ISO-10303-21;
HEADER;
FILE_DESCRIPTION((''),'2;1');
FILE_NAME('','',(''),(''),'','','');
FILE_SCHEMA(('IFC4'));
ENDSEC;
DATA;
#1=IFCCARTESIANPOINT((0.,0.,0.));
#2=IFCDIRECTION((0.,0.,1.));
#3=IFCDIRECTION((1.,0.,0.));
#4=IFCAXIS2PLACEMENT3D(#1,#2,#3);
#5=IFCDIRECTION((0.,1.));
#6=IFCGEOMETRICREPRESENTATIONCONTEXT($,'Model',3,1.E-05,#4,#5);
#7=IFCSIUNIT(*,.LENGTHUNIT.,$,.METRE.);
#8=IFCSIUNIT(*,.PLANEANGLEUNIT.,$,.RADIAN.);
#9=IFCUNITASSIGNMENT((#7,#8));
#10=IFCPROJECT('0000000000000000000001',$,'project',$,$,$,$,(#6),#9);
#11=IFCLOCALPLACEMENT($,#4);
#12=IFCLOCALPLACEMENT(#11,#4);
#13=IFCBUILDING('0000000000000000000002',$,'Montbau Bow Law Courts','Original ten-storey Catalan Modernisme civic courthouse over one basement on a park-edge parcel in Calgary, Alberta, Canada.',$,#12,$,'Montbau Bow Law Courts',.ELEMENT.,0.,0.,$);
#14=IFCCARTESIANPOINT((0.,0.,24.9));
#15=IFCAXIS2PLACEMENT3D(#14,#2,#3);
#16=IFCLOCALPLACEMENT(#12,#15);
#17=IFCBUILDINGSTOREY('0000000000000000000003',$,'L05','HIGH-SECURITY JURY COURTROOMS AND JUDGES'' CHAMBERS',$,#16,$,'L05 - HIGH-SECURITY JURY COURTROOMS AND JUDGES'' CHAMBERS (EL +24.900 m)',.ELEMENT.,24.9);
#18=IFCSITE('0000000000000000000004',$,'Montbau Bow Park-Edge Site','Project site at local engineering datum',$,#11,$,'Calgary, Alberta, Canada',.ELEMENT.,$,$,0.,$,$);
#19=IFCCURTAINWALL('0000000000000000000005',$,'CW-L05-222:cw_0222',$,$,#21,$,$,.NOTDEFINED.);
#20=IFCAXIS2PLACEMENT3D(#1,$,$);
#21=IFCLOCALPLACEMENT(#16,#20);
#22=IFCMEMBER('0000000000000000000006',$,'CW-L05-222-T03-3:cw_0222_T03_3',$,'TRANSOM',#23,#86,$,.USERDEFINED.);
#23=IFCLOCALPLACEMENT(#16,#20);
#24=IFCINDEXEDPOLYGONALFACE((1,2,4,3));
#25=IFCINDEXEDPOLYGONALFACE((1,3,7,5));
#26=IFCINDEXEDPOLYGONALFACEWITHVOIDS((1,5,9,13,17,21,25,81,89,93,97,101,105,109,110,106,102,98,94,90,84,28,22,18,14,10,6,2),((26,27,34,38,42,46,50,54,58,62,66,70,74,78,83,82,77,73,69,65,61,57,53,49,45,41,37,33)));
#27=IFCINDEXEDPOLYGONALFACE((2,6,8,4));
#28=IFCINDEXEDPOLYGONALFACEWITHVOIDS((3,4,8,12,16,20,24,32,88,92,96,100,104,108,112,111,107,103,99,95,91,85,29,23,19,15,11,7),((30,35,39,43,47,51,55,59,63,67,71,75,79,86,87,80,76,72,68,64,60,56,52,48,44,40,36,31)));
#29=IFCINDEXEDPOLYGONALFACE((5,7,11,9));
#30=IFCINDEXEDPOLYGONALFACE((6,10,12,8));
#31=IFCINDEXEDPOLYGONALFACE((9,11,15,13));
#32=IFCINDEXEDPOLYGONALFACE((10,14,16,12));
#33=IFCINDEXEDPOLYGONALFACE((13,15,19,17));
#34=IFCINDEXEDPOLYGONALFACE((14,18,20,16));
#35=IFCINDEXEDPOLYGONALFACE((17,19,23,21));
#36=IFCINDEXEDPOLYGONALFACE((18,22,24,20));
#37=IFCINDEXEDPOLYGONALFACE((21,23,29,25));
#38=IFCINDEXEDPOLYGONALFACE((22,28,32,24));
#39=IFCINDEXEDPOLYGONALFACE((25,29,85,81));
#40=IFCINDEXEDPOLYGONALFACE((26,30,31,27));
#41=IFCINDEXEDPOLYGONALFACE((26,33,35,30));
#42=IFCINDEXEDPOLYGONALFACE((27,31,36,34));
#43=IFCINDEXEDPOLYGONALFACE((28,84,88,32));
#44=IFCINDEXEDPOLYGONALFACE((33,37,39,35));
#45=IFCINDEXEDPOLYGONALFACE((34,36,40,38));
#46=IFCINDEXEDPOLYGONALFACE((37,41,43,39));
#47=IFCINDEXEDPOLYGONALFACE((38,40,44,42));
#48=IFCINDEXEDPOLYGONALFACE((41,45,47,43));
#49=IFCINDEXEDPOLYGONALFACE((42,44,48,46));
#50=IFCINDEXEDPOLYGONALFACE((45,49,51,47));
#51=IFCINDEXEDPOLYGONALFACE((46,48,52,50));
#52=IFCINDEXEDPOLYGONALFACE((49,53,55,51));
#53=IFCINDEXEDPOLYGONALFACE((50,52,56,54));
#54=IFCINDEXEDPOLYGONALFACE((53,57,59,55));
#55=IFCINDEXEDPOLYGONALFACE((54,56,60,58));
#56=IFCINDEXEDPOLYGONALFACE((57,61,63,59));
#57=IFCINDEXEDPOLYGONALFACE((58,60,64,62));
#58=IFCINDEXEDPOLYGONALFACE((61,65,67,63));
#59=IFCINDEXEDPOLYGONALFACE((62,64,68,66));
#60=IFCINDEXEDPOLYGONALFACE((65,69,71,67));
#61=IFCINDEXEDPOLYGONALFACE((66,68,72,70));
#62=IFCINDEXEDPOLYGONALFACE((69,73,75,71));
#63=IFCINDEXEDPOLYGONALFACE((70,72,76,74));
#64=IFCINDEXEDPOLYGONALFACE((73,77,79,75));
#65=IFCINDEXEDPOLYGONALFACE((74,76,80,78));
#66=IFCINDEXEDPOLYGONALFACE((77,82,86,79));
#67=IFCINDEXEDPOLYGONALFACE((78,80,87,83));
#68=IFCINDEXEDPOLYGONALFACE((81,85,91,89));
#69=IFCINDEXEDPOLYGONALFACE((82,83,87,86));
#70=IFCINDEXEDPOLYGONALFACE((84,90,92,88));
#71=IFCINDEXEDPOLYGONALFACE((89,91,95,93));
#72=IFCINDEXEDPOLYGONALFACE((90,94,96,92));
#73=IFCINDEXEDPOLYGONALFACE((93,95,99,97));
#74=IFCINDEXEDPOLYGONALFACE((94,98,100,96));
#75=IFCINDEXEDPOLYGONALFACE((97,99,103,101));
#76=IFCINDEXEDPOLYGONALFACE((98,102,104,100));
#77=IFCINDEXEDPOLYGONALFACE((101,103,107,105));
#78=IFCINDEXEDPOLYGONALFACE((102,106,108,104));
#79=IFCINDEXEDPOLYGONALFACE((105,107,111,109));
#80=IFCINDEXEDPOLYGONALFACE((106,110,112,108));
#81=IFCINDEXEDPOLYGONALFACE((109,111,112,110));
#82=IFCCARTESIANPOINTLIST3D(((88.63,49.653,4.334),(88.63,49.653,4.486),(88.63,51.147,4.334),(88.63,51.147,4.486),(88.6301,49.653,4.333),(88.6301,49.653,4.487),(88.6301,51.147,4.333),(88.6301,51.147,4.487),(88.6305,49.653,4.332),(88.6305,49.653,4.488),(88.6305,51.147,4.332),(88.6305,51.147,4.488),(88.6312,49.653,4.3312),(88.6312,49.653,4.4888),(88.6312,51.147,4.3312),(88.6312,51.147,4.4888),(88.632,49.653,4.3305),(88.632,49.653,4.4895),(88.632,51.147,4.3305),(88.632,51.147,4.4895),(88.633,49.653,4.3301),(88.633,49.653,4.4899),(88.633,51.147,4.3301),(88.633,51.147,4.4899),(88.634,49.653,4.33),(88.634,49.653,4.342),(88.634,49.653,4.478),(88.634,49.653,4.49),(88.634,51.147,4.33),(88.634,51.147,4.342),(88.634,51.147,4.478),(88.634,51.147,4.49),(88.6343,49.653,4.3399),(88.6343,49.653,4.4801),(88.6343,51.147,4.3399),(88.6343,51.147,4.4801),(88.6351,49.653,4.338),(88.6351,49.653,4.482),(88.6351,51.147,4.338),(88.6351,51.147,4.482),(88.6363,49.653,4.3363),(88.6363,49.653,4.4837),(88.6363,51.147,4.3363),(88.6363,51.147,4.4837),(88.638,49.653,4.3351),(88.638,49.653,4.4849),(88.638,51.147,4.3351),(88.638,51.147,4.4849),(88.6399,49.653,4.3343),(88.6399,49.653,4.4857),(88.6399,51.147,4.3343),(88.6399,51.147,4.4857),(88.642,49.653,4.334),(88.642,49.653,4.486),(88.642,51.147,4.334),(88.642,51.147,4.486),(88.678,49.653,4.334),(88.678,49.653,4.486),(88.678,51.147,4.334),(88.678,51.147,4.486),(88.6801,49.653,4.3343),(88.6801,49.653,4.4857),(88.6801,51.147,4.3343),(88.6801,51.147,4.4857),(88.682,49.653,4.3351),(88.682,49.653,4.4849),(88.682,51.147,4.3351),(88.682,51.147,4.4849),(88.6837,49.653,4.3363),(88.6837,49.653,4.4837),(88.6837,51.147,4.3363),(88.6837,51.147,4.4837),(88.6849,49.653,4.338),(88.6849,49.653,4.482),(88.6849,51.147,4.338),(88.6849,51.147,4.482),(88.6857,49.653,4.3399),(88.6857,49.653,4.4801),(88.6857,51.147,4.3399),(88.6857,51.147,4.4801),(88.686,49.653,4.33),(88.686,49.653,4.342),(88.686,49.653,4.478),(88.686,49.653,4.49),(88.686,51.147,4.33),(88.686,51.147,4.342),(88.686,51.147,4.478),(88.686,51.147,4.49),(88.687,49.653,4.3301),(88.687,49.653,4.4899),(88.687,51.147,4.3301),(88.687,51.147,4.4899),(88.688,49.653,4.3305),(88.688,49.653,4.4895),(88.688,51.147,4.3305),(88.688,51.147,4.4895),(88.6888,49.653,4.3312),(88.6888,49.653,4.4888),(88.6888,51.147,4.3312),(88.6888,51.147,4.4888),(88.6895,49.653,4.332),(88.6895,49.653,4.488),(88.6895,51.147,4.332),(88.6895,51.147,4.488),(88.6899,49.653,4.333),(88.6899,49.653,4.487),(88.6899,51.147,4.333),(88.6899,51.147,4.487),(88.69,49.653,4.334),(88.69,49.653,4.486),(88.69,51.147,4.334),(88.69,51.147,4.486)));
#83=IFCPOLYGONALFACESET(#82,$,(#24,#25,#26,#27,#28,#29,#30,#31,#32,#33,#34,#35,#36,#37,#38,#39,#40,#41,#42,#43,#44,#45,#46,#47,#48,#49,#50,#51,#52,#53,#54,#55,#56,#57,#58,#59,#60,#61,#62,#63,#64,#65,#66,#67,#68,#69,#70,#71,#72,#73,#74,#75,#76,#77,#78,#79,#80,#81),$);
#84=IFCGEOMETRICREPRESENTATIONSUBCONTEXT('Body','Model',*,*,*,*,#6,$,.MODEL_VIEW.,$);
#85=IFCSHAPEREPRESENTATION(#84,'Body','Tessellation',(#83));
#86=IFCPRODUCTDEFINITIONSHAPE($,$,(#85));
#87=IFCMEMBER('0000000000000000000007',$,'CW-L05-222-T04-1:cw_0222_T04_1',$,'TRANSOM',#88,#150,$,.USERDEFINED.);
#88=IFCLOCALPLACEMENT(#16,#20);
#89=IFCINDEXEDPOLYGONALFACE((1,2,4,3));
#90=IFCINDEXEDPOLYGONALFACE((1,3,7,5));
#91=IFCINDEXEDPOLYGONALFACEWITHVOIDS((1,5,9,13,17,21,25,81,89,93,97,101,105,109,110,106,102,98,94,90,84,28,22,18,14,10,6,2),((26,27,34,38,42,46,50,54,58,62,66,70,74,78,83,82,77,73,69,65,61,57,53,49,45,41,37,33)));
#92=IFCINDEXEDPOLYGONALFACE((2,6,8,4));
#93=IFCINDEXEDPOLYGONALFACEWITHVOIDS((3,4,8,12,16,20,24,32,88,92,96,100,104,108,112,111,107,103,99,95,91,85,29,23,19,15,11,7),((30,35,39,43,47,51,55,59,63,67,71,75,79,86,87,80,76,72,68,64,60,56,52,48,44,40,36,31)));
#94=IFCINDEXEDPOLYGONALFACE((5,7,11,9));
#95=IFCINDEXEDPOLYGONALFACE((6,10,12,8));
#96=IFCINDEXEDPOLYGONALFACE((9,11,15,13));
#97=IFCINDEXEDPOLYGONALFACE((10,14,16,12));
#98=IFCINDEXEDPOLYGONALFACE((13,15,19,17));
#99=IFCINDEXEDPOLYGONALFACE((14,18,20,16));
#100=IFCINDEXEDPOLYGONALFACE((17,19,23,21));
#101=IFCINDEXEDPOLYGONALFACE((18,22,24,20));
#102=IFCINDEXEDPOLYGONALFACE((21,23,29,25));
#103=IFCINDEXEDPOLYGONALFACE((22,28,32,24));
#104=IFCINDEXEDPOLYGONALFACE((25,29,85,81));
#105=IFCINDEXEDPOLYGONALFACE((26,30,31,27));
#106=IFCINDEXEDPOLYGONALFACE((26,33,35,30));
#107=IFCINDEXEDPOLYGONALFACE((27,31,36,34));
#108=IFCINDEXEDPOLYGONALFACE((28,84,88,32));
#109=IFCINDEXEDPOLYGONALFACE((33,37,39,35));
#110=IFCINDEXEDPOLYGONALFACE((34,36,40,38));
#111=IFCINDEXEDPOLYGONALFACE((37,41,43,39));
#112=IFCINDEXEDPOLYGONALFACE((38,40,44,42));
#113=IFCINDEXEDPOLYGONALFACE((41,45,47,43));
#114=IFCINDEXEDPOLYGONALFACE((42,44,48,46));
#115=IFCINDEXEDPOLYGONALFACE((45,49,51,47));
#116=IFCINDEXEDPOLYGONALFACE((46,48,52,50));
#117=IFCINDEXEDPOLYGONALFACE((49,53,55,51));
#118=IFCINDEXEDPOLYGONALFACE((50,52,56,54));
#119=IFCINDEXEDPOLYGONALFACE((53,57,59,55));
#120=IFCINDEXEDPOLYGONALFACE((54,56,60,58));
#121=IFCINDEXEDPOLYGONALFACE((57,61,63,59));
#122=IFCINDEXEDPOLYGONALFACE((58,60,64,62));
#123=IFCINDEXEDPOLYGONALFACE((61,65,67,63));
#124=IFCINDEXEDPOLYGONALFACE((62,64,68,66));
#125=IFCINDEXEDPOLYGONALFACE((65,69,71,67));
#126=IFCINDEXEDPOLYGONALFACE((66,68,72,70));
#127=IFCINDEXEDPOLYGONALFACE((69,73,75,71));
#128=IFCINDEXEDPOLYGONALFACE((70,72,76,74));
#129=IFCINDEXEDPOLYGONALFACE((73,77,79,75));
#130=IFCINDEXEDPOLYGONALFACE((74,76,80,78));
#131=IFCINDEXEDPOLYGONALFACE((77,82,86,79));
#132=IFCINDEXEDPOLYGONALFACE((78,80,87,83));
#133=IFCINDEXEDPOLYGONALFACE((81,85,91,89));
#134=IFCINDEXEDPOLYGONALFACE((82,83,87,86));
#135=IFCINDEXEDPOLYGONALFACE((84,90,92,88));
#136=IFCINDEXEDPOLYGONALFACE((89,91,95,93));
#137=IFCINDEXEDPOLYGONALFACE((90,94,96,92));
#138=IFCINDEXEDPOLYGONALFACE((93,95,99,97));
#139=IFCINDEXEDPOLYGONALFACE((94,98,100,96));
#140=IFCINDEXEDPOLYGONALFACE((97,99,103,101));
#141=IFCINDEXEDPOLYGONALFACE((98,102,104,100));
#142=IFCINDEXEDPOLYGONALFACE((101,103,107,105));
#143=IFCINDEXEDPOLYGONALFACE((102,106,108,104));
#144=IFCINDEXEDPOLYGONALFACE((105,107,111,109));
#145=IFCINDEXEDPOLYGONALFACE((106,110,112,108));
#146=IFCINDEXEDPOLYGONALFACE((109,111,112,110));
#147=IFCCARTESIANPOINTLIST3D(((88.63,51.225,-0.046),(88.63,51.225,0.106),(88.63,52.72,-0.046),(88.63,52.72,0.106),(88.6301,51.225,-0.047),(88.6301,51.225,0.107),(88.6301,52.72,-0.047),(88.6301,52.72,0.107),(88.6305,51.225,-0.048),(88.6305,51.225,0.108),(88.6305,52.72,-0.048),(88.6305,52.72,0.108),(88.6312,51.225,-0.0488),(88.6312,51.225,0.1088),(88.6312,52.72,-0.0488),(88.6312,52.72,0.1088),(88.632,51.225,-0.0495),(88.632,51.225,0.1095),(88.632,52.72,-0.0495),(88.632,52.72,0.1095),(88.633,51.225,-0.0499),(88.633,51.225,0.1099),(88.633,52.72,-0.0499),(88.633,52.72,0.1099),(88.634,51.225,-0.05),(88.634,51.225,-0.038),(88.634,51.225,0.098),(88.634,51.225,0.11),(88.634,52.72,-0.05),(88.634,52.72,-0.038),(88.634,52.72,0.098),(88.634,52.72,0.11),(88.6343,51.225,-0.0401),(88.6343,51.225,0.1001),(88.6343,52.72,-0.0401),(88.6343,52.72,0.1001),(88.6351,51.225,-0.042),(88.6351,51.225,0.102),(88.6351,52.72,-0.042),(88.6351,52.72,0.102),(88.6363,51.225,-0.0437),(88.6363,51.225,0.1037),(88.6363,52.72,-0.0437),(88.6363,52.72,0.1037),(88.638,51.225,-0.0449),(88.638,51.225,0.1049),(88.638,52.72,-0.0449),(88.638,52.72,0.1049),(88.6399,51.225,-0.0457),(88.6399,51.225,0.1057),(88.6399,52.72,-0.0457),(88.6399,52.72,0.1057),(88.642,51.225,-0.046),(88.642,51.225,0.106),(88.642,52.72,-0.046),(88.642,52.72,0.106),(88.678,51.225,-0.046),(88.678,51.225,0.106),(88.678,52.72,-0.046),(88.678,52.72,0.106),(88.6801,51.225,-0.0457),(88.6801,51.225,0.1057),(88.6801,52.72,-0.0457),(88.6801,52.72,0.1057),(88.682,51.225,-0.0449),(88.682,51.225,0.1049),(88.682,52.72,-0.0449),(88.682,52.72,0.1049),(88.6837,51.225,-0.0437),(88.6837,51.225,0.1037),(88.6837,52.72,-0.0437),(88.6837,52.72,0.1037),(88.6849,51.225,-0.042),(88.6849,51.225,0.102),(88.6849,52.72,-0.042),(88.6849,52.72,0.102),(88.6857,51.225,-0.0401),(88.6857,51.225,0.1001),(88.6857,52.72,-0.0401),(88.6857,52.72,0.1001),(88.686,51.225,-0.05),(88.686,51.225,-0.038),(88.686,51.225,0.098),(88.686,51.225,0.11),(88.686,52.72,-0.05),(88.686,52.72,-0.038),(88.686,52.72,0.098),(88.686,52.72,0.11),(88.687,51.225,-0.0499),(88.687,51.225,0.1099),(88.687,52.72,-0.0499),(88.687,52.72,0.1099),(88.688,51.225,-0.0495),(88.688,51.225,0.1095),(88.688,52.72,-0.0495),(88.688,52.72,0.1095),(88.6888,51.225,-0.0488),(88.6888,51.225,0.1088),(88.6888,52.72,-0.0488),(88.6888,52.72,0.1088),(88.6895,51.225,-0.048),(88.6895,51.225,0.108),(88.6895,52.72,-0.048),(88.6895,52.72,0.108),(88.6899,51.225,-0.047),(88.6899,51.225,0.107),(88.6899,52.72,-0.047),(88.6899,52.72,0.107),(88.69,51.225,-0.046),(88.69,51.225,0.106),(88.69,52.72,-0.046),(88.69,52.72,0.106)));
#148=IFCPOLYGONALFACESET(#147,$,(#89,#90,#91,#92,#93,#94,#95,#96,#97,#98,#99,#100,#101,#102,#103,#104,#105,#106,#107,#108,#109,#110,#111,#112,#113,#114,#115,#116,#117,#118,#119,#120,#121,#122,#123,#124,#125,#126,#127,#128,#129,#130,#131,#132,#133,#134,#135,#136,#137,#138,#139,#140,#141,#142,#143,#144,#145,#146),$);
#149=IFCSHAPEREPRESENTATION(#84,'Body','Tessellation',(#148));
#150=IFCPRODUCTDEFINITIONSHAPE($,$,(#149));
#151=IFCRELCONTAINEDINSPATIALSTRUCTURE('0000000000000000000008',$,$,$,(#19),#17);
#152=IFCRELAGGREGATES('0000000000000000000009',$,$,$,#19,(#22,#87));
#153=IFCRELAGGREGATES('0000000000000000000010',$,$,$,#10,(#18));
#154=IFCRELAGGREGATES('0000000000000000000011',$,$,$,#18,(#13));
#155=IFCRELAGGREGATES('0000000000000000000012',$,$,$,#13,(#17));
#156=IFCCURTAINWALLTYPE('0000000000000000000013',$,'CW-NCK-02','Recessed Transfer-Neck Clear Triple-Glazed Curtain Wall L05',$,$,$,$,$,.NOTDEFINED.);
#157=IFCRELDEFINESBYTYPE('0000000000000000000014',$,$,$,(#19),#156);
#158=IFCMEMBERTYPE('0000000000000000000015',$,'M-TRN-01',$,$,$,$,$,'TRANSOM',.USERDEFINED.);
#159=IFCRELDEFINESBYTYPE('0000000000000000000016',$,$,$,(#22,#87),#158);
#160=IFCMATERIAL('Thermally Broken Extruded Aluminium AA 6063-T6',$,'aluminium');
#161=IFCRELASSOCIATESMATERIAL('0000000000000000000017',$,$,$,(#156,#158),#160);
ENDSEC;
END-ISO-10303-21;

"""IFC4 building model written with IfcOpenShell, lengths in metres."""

from ifc_helpers import new_model, si_unit, direction, frame, origin_with_axes, origin_2d_with_axis, place, context, subcontext, project, spatial, hollow_rectangle, extrude, material, material_profile, profile_set, type_object, element, aggregate, save


model = new_model("IFC4")

# Units and contexts
model_context = context("Model", 3, precision=1e-05, world=origin_with_axes(), true_north=direction((0.0, 1.0)))
body_context = subcontext(model_context, "Body", "Model", "MODEL_VIEW")
ifc_project = project(units=[si_unit("LENGTHUNIT", "METRE"), si_unit("PLANEANGLEUNIT", "RADIAN")], contexts=[model_context])

# Site, building, storey
site_placement = place(None, origin_with_axes())
site = spatial("IfcSite", under=ifc_project, at=site_placement, Name="Montbau Bow Park-Edge Site", Description="Project site at local engineering datum", LongName="Calgary, Alberta, Canada", CompositionType="ELEMENT", RefElevation=0.0)
building_placement = place(site_placement, origin_with_axes())
building = spatial("IfcBuilding", under=site, at=building_placement, Name="Montbau Bow Law Courts", Description="Original ten-storey Catalan Modernisme civic courthouse over one basement on a park-edge parcel in Calgary, Alberta, Canada.", LongName="Montbau Bow Law Courts", CompositionType="ELEMENT", ElevationOfRefHeight=0.0, ElevationOfTerrain=0.0)
storey_placement = place(building_placement, frame((0.0, 0.0, 24.9), z_axis=(0.0, 0.0, 1.0), x_axis=(1.0, 0.0, 0.0)))
storey = spatial("IfcBuildingStorey", under=building, at=storey_placement, Name="L05", Description="HIGH-SECURITY JURY COURTROOMS AND JUDGES' CHAMBERS", LongName="L05 - HIGH-SECURITY JURY COURTROOMS AND JUDGES' CHAMBERS (EL +24.900 m)", CompositionType="ELEMENT", Elevation=24.9)

# Curtain wall
ifc_material_1 = material(Name="Thermally Broken Extruded Aluminium AA 6063-T6", Category="aluminium")
curtain_wall_type = type_object("IfcCurtainWallType", Name="CW-NCK-02", Description="Recessed Transfer-Neck Clear Triple-Glazed Curtain Wall L05", PredefinedType="NOTDEFINED", material=ifc_material_1)
curtain_wall_1_placement = place(None, frame((88.66, 46.468, 24.9), z_axis=(0.0, 0.0, 1.0), x_axis=(1.0, 0.0, 0.0)))
curtain_wall_1 = element("IfcCurtainWall", 1, at=curtain_wall_1_placement, inside=storey, type_object=curtain_wall_type, Name="CW-L05-222:cw_0222", PredefinedType="NOTDEFINED")
ifc_material_profile_1 = material_profile(ifc_material_1, hollow_rectangle(XDim=0.06, YDim=0.16, WallThickness=0.004, InnerFilletRadius=0.008, OuterFilletRadius=0.004, at=origin_2d_with_axis()), Name="CWT-160X60", Category="Main", Priority=0)
ifc_profile_set_1 = profile_set([ifc_material_profile_1], Name="Thermally Broken Extruded Aluminium AA 6063-T6")
member_type_1 = type_object("IfcMemberType", Name="M-TRN-01", ElementType="TRANSOM", PredefinedType="USERDEFINED", material=ifc_profile_set_1)

# Members
member_1_placement = place(None, frame((88.66, 49.653, 29.31), z_axis=(0.0, 1.0, 0.0), x_axis=(-1.0, 0.0, 0.0)))
member_1 = element("IfcMember", 2, at=member_1_placement, type_object=member_type_1, Name="CW-L05-222-T03-3:cw_0222_T03_3", ObjectType="TRANSOM", PredefinedType="USERDEFINED", context=body_context, shape_type="SweptSolid", body=[
    extrude(hollow_rectangle(XDim=0.06, YDim=0.16, WallThickness=0.004, InnerFilletRadius=0.008, OuterFilletRadius=0.004, at=origin_2d_with_axis()), origin_with_axes(), (0.0, 0.0, 1.0), 1.494),
])
member_2_placement = place(None, frame((88.66, 51.225, 24.93), z_axis=(0.0, 1.0, 0.0), x_axis=(-1.0, 0.0, 0.0)))
member_2 = element("IfcMember", 3, at=member_2_placement, type_object=member_type_1, Name="CW-L05-222-T04-1:cw_0222_T04_1", ObjectType="TRANSOM", PredefinedType="USERDEFINED", context=body_context, shape_type="SweptSolid", body=[
    extrude(hollow_rectangle(XDim=0.06, YDim=0.16, WallThickness=0.004, InnerFilletRadius=0.008, OuterFilletRadius=0.004, at=origin_2d_with_axis()), origin_with_axes(), (0.0, 0.0, 1.0), 1.495),
])

aggregate(curtain_wall_1, [member_1, member_2])

save(model, "model.ifc")
